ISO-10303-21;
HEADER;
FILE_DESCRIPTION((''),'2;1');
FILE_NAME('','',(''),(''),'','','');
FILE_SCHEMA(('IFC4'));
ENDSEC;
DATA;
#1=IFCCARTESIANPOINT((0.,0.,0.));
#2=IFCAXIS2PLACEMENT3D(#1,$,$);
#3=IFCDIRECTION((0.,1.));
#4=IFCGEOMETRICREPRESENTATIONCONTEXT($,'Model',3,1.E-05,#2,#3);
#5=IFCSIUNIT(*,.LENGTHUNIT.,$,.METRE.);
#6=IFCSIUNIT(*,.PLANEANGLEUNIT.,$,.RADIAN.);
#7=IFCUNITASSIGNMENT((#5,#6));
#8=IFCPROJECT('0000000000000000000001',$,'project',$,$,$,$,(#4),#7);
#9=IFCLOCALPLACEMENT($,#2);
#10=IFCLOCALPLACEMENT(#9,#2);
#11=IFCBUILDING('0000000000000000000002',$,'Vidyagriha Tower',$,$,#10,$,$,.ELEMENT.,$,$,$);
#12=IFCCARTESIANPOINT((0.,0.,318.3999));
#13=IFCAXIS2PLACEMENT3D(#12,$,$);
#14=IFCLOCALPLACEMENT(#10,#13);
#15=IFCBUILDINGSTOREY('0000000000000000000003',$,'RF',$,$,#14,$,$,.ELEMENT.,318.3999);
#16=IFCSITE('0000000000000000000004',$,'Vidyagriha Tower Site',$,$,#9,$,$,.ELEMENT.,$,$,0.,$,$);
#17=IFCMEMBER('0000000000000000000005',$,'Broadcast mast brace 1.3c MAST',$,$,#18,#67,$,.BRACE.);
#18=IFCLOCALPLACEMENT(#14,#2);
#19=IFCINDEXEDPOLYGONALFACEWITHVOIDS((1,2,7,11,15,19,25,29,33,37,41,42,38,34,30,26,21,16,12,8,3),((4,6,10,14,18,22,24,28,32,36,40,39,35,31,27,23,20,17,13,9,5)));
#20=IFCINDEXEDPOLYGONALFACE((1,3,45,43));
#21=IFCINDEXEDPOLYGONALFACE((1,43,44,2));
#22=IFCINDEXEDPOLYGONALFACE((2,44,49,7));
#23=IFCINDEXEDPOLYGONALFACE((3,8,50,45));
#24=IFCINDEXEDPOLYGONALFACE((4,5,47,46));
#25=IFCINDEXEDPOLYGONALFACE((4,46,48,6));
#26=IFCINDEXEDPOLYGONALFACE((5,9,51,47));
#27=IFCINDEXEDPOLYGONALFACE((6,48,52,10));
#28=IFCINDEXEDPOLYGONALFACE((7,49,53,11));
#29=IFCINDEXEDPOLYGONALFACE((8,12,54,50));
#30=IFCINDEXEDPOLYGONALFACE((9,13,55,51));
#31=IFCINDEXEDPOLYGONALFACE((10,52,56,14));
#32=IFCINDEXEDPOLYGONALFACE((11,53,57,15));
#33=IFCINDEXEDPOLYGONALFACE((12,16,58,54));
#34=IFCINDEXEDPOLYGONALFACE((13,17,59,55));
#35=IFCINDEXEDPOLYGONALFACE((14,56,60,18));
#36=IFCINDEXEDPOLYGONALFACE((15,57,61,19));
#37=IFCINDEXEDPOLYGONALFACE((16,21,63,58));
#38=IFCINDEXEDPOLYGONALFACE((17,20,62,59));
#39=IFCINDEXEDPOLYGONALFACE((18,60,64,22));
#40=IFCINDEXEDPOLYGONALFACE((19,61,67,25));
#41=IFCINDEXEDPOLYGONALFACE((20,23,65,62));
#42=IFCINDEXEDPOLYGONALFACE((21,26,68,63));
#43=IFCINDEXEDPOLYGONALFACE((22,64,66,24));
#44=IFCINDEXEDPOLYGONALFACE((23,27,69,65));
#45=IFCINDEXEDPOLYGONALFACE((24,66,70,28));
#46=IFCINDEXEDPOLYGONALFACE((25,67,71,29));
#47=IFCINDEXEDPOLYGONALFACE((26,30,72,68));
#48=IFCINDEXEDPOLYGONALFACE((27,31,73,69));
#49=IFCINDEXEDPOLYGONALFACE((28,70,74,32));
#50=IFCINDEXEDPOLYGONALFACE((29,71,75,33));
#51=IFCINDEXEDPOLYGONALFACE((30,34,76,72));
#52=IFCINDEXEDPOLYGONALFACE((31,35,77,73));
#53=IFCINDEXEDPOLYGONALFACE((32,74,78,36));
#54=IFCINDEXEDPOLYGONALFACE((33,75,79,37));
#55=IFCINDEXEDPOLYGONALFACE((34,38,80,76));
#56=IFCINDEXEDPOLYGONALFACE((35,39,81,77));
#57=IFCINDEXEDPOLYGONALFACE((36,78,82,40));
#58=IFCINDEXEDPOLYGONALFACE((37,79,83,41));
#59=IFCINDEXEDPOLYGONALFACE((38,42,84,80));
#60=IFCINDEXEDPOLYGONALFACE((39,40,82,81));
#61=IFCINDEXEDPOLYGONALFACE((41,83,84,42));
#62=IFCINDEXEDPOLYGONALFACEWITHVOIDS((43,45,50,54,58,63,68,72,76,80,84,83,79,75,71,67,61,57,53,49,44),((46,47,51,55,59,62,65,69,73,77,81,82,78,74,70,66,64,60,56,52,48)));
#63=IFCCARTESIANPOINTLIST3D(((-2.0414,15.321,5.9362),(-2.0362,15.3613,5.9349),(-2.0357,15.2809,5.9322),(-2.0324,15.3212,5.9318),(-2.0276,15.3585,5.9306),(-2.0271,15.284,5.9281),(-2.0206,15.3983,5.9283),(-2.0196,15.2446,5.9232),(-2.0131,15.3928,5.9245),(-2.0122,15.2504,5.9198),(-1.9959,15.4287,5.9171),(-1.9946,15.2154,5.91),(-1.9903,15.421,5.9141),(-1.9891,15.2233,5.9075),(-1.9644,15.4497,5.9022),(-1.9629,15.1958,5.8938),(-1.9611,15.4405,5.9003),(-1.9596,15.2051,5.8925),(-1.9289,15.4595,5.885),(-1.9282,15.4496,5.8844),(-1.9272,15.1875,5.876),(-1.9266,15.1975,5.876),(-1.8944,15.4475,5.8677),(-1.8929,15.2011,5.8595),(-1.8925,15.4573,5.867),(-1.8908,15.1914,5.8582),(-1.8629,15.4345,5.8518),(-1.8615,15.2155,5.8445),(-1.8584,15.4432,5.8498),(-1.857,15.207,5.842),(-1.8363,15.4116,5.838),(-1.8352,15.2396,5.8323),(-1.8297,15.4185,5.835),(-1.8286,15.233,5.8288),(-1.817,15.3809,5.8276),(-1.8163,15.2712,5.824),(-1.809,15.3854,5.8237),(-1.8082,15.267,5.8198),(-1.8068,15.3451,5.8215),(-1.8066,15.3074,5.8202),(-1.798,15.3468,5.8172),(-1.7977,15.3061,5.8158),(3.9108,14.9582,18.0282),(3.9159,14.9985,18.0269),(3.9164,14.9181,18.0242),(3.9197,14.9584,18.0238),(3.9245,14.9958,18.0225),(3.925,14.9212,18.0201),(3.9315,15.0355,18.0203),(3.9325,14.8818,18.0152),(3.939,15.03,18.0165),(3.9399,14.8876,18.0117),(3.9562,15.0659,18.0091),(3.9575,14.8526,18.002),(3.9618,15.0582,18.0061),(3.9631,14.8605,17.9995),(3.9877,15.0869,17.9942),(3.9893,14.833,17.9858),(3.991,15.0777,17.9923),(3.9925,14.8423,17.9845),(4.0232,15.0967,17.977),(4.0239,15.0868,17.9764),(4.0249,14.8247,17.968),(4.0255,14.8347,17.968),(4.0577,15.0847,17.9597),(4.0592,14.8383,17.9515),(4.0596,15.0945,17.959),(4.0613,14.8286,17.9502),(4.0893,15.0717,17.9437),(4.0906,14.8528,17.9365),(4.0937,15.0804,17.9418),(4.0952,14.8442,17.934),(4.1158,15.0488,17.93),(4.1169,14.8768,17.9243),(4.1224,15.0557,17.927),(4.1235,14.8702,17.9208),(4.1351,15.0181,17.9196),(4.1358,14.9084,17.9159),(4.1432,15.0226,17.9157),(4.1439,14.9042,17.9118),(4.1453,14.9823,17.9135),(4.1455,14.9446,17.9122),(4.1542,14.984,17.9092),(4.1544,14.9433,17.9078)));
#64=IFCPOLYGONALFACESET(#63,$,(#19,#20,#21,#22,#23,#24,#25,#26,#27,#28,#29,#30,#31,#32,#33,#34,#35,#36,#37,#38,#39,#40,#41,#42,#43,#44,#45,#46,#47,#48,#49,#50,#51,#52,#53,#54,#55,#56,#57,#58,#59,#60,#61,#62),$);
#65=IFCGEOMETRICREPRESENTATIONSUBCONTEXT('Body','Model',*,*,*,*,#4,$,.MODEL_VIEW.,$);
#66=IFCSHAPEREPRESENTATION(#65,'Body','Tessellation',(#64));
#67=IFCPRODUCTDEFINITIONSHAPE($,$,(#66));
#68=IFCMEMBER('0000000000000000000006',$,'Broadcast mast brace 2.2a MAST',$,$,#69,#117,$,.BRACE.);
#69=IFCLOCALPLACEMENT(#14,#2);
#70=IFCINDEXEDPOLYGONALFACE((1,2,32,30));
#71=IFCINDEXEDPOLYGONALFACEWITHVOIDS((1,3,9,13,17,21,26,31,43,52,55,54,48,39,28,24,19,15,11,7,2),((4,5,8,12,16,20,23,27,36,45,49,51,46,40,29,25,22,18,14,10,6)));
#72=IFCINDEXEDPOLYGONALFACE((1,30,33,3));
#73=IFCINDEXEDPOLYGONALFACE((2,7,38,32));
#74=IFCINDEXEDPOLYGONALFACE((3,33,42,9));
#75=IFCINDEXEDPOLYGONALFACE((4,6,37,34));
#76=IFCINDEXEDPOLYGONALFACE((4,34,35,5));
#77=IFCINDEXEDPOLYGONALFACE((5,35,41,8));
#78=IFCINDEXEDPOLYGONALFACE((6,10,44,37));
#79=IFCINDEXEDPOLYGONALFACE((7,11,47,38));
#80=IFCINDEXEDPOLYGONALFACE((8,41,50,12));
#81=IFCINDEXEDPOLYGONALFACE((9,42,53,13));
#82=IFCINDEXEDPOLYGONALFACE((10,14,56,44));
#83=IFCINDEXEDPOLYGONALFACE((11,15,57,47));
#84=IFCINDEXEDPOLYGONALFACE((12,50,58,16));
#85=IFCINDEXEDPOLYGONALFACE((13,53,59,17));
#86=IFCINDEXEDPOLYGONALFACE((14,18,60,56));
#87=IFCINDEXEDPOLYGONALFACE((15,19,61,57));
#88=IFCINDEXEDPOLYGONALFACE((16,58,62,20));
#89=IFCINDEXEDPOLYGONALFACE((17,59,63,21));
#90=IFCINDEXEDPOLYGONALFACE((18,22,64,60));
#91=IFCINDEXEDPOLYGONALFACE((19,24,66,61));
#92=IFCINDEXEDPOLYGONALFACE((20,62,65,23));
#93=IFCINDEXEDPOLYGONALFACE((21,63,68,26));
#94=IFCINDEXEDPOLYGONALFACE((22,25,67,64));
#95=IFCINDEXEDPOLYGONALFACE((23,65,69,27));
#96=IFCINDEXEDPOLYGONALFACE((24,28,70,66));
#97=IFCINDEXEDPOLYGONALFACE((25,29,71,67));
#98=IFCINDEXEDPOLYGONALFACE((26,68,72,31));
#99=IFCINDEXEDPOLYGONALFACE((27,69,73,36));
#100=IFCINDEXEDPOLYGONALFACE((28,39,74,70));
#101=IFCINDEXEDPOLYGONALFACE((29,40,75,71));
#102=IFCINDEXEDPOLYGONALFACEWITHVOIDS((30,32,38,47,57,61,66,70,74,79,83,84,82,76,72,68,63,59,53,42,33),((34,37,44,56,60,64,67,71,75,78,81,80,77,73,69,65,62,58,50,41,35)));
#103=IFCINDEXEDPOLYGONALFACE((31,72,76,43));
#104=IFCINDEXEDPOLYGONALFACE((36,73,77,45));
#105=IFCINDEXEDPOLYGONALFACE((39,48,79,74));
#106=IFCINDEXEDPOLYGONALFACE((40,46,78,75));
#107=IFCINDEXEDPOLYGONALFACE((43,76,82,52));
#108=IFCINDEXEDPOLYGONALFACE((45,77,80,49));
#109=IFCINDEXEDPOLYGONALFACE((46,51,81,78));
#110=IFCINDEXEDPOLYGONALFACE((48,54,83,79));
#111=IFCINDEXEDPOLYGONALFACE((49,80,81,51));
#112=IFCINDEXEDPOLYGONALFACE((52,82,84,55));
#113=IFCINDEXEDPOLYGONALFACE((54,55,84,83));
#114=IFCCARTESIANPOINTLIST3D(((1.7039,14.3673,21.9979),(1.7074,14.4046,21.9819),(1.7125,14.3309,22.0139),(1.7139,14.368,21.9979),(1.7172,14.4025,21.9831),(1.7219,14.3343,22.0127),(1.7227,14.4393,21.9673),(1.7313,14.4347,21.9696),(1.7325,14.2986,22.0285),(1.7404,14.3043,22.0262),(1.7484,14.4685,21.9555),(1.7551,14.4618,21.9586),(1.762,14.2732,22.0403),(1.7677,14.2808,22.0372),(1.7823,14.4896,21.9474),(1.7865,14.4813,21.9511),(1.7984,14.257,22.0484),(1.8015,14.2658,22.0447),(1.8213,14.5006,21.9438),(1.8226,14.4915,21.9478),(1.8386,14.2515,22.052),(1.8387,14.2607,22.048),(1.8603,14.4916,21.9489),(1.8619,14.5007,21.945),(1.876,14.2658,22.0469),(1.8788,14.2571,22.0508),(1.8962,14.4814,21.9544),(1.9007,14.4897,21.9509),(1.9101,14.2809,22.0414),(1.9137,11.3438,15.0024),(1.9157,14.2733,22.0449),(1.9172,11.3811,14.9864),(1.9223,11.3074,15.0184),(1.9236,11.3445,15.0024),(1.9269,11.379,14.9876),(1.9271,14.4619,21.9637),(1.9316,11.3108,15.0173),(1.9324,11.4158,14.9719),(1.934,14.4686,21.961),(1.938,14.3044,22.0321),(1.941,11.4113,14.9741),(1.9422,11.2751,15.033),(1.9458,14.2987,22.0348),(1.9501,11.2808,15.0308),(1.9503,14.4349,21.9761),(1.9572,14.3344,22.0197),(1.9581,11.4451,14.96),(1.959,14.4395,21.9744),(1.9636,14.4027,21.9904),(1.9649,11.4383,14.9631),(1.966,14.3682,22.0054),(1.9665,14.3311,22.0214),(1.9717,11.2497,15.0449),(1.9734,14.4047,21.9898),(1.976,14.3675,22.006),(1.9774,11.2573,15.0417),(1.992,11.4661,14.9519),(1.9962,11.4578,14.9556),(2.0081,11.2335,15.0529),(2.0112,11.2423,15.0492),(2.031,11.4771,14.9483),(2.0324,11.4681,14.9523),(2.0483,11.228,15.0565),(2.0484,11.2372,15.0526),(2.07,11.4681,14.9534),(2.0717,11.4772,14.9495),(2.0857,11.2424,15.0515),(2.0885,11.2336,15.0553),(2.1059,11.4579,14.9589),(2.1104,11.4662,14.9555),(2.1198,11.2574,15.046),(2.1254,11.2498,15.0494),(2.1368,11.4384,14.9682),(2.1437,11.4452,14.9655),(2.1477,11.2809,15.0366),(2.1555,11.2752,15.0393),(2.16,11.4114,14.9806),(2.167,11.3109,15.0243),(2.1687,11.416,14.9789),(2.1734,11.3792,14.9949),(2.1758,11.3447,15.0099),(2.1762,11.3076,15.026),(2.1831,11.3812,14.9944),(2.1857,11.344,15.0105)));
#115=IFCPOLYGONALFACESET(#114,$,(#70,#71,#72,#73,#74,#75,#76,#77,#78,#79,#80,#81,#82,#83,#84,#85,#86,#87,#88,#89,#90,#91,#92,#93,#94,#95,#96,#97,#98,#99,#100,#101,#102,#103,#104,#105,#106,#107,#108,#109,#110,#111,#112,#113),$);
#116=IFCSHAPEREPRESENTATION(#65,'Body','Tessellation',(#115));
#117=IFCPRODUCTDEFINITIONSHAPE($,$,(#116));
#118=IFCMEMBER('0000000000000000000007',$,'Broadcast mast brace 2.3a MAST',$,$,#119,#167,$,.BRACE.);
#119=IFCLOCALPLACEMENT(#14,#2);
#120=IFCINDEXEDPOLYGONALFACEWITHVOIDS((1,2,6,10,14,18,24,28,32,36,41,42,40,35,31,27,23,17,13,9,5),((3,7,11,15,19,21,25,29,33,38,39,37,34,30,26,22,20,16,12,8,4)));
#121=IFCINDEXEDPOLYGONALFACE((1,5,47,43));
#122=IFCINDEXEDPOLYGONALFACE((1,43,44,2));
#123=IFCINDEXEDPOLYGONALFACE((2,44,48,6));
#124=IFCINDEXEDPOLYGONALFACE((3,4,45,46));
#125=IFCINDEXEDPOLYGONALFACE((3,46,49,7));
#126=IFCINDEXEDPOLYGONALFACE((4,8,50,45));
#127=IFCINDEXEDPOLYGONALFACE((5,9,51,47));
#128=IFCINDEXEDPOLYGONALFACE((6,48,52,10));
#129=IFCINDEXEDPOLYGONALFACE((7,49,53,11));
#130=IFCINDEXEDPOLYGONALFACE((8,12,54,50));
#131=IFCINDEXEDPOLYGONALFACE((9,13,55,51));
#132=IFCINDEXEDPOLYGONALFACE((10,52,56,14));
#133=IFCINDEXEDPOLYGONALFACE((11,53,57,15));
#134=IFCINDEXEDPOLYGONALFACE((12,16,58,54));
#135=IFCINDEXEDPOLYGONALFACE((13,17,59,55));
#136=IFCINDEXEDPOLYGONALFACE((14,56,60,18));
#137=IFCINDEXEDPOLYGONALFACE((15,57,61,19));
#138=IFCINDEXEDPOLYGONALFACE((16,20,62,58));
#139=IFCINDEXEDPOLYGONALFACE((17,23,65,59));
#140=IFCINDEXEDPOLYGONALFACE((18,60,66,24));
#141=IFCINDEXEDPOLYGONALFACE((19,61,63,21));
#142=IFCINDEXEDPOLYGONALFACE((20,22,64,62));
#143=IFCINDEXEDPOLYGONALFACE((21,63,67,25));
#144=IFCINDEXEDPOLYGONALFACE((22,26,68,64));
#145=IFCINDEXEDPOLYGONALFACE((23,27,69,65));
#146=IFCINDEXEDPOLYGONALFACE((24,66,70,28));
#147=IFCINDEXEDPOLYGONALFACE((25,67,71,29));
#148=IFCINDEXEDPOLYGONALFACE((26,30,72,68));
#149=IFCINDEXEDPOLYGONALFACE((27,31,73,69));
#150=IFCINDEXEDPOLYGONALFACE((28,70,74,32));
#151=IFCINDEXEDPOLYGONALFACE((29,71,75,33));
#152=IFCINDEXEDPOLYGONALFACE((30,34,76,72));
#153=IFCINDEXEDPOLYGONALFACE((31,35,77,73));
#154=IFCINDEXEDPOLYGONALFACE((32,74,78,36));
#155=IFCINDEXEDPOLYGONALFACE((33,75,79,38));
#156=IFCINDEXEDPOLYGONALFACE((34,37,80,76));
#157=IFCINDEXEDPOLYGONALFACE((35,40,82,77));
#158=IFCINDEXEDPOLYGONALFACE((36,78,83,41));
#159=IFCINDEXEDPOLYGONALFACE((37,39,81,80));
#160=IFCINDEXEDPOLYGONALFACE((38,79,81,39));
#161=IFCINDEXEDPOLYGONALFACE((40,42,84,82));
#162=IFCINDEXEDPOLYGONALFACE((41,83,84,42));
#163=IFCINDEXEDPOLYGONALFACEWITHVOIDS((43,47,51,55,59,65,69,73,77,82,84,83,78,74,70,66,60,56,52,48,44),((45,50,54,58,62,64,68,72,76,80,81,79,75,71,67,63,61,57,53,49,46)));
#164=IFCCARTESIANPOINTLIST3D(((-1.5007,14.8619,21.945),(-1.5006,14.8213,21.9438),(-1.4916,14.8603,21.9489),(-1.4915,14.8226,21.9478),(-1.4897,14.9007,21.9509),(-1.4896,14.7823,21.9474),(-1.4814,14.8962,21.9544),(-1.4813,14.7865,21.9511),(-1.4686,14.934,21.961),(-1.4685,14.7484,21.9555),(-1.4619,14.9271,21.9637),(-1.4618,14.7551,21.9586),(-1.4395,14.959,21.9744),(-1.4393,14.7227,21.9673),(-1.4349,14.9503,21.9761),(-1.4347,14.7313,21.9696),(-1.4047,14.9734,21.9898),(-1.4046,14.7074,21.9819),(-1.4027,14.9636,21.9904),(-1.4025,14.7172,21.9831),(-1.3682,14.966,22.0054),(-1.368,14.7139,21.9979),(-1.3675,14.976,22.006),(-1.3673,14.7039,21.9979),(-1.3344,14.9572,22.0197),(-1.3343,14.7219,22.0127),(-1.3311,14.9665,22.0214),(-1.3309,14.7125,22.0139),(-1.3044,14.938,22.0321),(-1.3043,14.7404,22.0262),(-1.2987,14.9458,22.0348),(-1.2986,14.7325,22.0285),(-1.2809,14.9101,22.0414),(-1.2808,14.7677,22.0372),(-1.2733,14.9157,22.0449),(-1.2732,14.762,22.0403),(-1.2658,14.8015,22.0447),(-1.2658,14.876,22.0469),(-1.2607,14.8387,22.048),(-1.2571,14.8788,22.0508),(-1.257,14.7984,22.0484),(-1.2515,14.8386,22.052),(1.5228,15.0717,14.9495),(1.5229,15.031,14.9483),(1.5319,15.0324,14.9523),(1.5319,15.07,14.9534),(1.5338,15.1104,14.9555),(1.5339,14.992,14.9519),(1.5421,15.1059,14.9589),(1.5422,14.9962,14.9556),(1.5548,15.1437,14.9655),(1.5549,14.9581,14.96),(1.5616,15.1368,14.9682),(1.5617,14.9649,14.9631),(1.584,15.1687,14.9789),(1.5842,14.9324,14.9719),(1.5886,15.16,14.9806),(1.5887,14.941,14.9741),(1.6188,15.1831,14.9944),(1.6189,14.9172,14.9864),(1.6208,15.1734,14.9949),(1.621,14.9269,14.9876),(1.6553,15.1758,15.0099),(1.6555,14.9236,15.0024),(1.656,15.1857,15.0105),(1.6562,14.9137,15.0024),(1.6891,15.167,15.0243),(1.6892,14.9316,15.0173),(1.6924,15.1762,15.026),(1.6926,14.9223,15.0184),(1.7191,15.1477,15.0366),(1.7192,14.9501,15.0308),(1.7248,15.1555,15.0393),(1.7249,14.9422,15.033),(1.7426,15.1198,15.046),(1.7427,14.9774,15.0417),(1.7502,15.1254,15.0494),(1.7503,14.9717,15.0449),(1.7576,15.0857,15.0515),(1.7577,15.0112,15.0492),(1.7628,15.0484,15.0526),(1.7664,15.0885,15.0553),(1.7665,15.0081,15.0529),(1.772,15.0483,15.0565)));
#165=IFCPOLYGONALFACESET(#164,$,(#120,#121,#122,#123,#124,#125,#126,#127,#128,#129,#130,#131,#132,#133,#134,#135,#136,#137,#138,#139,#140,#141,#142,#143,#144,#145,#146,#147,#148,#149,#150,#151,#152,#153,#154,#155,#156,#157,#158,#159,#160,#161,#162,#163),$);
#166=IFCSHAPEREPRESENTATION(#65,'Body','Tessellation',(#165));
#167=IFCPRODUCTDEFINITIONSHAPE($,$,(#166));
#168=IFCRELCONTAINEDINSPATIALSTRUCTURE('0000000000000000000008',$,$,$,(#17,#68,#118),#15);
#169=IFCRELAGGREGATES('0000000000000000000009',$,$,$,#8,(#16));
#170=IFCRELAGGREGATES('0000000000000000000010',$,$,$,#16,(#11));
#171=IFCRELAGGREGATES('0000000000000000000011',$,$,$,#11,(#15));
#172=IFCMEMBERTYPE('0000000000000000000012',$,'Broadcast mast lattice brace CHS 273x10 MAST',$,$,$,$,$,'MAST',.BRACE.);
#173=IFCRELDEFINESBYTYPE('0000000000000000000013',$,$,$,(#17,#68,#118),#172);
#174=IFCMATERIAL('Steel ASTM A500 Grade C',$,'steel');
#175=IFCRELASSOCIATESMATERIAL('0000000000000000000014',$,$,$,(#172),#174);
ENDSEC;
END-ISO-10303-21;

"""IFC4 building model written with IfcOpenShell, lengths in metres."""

from ifc_helpers import new_model, si_unit, direction, frame, origin, origin_2d, place, context, subcontext, project, spatial, hollow_circle, extrude, material, material_profile, profile_set, type_object, element, save


model = new_model("IFC4")

# Units and contexts
model_context = context("Model", 3, precision=1e-05, world=origin(), true_north=direction((0.0, 1.0)))
body_context = subcontext(model_context, "Body", "Model", "MODEL_VIEW")
ifc_project = project(units=[si_unit("LENGTHUNIT", "METRE"), si_unit("PLANEANGLEUNIT", "RADIAN")], contexts=[model_context])

# Site, building, storey
site_placement = place(None, origin())
site = spatial("IfcSite", under=ifc_project, at=site_placement, Name="Vidyagriha Tower Site", CompositionType="ELEMENT", RefElevation=0.0)
building_placement = place(site_placement, origin())
building = spatial("IfcBuilding", under=site, at=building_placement, Name="Vidyagriha Tower", CompositionType="ELEMENT")
storey_placement = place(building_placement, frame((0.0, 0.0, 318.3999)))
storey = spatial("IfcBuildingStorey", under=building, at=storey_placement, Name="RF", CompositionType="ELEMENT", Elevation=318.3999)

# Members
ifc_material_1 = material(Name="Steel ASTM A500 Grade C", Category="steel")
ifc_material_profile_1 = material_profile(ifc_material_1, hollow_circle(Radius=0.1365, WallThickness=0.01, at=origin_2d()), Name="Broadcast mast lattice brace CHS 273x10 MAST")
ifc_profile_set_1 = profile_set([ifc_material_profile_1], Name="Steel ASTM A500 Grade C")
member_type_1 = type_object("IfcMemberType", Name="Broadcast mast lattice brace CHS 273x10 MAST", ElementType="MAST", PredefinedType="BRACE", material=ifc_profile_set_1)
member_1_placement = place(storey_placement, frame((4.0332, 14.9609, 17.968), z_axis=(-0.441473, 0.026908, -0.896871), x_axis=(-0.060839, -0.998148, 0.0)))
element("IfcMember", 1, at=member_1_placement, inside=storey, type_object=member_type_1, Name="Broadcast mast brace 1.3c MAST", PredefinedType="BRACE", context=body_context, shape_type="SweptSolid", body=[
    extrude(hollow_circle(Radius=0.1365, WallThickness=0.01, at=origin_2d()), origin(), (0.0, 0.0, 1.0), 13.4824),
])
for number, where, z_axis, x_axis, name in (
    (2, (2.0498, 11.3533, 15.0024), (-0.027509, 0.396586, 0.917585), (-0.997603, -0.069197, 0.0), "Broadcast mast brace 2.2a MAST"),
    (3, (1.6467, 15.0498, 15.0024), (-0.396586, -0.027509, 0.917585), (0.069197, -0.997603, 0.0), "Broadcast mast brace 2.3a MAST"),
):
    element("IfcMember", number, at=place(storey_placement, frame(where, z_axis=z_axis, x_axis=x_axis)), inside=storey, type_object=member_type_1, Name=name, PredefinedType="BRACE", context=body_context, shape_type="SweptSolid", body=[
        extrude(hollow_circle(Radius=0.1365, WallThickness=0.01, at=origin_2d()), origin(), (0.0, 0.0, 1.0), 7.6238),
    ])

save(model, "model.ifc")
